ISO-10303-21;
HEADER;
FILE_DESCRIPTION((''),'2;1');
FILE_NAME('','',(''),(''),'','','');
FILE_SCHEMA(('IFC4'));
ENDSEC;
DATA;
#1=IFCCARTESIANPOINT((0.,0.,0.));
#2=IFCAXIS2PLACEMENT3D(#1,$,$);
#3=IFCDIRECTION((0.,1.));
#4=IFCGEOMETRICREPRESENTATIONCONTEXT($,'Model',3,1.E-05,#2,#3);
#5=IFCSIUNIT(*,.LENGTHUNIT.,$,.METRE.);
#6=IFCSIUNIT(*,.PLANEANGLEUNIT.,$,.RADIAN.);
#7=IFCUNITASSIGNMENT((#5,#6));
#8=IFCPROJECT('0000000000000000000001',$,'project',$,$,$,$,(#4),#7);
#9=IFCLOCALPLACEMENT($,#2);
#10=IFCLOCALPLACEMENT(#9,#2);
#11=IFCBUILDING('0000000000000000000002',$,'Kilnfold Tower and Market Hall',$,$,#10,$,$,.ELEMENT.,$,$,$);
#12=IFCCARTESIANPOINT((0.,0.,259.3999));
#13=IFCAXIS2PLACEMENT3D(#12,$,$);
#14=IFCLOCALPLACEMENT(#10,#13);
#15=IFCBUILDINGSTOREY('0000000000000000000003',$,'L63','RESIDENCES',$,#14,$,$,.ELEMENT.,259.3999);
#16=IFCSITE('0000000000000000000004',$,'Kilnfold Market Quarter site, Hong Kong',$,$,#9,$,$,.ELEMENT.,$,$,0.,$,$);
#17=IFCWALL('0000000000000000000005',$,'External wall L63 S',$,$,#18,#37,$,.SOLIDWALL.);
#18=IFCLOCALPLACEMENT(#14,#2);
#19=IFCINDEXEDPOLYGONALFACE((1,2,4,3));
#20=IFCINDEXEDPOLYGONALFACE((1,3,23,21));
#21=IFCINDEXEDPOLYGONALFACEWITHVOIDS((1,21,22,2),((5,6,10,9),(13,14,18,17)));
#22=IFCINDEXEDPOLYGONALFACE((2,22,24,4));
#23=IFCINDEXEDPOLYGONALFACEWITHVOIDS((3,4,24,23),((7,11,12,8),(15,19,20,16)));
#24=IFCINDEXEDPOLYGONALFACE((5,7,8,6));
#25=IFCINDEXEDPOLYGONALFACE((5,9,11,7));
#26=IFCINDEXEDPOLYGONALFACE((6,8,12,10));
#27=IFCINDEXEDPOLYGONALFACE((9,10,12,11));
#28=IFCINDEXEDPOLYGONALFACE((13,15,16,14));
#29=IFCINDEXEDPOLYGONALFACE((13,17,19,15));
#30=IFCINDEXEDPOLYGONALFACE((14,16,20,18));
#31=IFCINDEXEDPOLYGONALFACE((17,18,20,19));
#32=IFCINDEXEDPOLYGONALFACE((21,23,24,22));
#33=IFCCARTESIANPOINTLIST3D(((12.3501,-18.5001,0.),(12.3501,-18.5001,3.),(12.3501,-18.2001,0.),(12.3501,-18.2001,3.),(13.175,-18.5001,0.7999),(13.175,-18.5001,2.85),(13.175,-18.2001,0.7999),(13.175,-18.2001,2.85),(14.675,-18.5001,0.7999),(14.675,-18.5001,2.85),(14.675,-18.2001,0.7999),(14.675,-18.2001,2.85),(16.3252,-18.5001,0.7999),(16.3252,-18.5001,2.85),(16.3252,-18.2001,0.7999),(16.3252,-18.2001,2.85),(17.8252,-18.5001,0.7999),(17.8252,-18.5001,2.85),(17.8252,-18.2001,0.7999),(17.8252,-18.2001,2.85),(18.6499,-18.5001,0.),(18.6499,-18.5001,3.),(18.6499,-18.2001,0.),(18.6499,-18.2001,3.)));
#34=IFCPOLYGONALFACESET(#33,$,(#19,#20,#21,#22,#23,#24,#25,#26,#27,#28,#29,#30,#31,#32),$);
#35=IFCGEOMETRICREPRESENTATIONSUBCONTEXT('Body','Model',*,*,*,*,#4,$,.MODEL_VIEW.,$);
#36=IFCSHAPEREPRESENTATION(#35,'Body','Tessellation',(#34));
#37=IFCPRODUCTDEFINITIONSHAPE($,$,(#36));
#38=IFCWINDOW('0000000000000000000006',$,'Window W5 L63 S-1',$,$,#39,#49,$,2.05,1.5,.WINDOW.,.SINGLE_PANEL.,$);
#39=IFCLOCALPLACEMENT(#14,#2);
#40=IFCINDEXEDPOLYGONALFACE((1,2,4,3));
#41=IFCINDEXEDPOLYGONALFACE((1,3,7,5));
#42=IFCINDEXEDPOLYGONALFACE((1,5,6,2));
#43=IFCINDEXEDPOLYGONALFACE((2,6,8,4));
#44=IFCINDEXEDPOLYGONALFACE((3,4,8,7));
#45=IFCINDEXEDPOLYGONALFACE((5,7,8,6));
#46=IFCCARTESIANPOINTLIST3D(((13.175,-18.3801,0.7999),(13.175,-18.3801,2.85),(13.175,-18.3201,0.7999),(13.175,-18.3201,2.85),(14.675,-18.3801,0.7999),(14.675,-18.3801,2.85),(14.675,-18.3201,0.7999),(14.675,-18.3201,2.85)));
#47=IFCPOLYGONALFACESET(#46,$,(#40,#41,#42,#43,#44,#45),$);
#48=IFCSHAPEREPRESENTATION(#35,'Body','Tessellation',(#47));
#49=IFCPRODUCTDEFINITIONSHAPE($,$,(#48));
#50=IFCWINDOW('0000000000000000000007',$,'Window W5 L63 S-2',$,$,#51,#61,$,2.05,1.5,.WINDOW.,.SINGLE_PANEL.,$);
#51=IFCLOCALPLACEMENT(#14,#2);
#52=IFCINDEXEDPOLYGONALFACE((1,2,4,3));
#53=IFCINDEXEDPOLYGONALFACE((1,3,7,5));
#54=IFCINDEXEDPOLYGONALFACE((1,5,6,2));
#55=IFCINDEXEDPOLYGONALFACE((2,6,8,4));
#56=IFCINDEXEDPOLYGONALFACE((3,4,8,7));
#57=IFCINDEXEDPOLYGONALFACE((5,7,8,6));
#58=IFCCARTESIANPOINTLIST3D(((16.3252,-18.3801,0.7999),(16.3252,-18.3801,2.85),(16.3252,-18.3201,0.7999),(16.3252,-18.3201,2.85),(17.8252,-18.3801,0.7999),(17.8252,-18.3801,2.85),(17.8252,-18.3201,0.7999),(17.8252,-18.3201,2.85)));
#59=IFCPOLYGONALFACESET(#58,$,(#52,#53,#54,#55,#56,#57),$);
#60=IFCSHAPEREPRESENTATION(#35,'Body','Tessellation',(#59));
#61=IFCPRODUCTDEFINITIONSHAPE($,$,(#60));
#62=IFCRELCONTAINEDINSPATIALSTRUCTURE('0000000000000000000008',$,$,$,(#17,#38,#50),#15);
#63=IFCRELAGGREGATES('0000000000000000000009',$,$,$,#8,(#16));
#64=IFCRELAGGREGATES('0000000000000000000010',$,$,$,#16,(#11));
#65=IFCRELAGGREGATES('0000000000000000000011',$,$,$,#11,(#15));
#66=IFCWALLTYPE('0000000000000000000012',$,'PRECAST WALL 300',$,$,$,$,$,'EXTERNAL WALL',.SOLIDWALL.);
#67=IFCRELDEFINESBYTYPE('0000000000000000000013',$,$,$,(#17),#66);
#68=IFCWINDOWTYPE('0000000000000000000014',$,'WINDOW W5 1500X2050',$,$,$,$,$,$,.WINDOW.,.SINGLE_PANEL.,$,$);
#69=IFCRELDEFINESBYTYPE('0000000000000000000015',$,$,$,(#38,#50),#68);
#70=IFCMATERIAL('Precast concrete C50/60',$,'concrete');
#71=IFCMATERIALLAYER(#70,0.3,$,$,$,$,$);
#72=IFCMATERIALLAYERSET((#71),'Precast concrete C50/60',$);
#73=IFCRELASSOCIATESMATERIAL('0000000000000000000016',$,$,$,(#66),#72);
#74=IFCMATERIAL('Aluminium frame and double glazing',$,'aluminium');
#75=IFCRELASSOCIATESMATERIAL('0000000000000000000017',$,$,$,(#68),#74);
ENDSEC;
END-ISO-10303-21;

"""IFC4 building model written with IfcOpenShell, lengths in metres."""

from ifc_helpers import new_model, si_unit, direction, frame, frame_2d, origin, place, context, subcontext, project, spatial, rectangle, extrude, source, transform, mapped, material, layer, layer_set, type_object, element, fill, save


model = new_model("IFC4")

# Units and contexts
model_context = context("Model", 3, precision=1e-05, world=origin(), true_north=direction((0.0, 1.0)))
body_context = subcontext(model_context, "Body", "Model", "MODEL_VIEW")
ifc_project = project(units=[si_unit("LENGTHUNIT", "METRE"), si_unit("PLANEANGLEUNIT", "RADIAN")], contexts=[model_context])

# Site, building, storey
site_placement = place(None, origin())
site = spatial("IfcSite", under=ifc_project, at=site_placement, Name="Kilnfold Market Quarter site, Hong Kong", CompositionType="ELEMENT", RefElevation=0.0)
building_placement = place(site_placement, origin())
building = spatial("IfcBuilding", under=site, at=building_placement, Name="Kilnfold Tower and Market Hall", CompositionType="ELEMENT")
storey_placement = place(building_placement, frame((0.0, 0.0, 259.3999)))
storey = spatial("IfcBuildingStorey", under=building, at=storey_placement, Name="L63", Description="RESIDENCES", CompositionType="ELEMENT", Elevation=259.3999)

# Wall, openings, windows
ifc_material_1 = material(Name="Precast concrete C50/60", Category="concrete")
ifc_layer_1 = layer(ifc_material_1, 0.3)
ifc_layer_set_1 = layer_set([ifc_layer_1], Name="Precast concrete C50/60")
wall_type_1 = type_object("IfcWallType", Name="PRECAST WALL 300", ElementType="EXTERNAL WALL", PredefinedType="SOLIDWALL", material=ifc_layer_set_1)
shared_shape_1 = source(origin(), body_context, "Body", "SweptSolid", [
    extrude(rectangle(XDim=6.2998, YDim=0.3, at=frame_2d((3.1499, 0.0))), origin(), (0.0, 0.0, 1.0), 3.0),
])
ifc_material_2 = material(Name="Aluminium frame and double glazing", Category="aluminium")
window_type = type_object("IfcWindowType", Name="WINDOW W5 1500X2050", PartitioningType="SINGLE_PANEL", PredefinedType="WINDOW", material=ifc_material_2)
wall_1_placement = place(storey_placement, frame((12.3501, -18.3501, 0.0), z_axis=(0.0, 0.0, 1.0), x_axis=(1.0, 0.0, 0.0)))
wall_1 = element("IfcWall", 1, at=wall_1_placement, inside=storey, type_object=wall_type_1, Name="External wall L63 S", PredefinedType="SOLIDWALL", context=body_context, shape_type="MappedRepresentation", body=[
    mapped(shared_shape_1, transform((0.0, 0.0, 0.0))),
])
opening_1_placement = place(wall_1_placement, frame((0.825, 0.0, 0.8)))
opening_1 = element("IfcOpeningElement", 2, at=opening_1_placement, cuts=wall_1, PredefinedType="OPENING", context=body_context, shape_type="SweptSolid", body=[
    extrude(rectangle(XDim=1.5, YDim=2.05, at=frame_2d((0.75, 1.0249))), frame((0.0, 0.1602, 0.0), z_axis=(0.0, -1.0, 0.0), x_axis=(1.0, 0.0, 0.0)), (0.0, 0.0, 1.0), 0.3201),
])
opening_2_placement = place(wall_1_placement, frame((3.9751, 0.0, 0.8)))
opening_2 = element("IfcOpeningElement", 3, at=opening_2_placement, cuts=wall_1, PredefinedType="OPENING", context=body_context, shape_type="SweptSolid", body=[
    extrude(rectangle(XDim=1.5, YDim=2.05, at=frame_2d((0.75, 1.0249))), frame((0.0, 0.1602, 0.0), z_axis=(0.0, -1.0, 0.0), x_axis=(1.0, 0.0, 0.0)), (0.0, 0.0, 1.0), 0.3201),
])
window_1_placement = place(opening_1_placement, origin())
window_1 = element("IfcWindow", 4, at=window_1_placement, inside=storey, type_object=window_type, Name="Window W5 L63 S-1", OverallHeight=2.05, OverallWidth=1.5, PartitioningType="SINGLE_PANEL", PredefinedType="WINDOW", context=body_context, shape_type="SweptSolid", body=[
    extrude(rectangle(XDim=1.5, YDim=2.05, at=frame_2d((0.75, 1.0249))), frame((0.0, 0.03, 0.0), z_axis=(0.0, -1.0, 0.0), x_axis=(1.0, 0.0, 0.0)), (0.0, 0.0, 1.0), 0.0601),
])
fill(opening_1, window_1)
window_2_placement = place(opening_2_placement, origin())
window_2 = element("IfcWindow", 5, at=window_2_placement, inside=storey, type_object=window_type, Name="Window W5 L63 S-2", OverallHeight=2.05, OverallWidth=1.5, PartitioningType="SINGLE_PANEL", PredefinedType="WINDOW", context=body_context, shape_type="SweptSolid", body=[
    extrude(rectangle(XDim=1.5, YDim=2.05, at=frame_2d((0.75, 1.0249))), frame((0.0, 0.03, 0.0), z_axis=(0.0, -1.0, 0.0), x_axis=(1.0, 0.0, 0.0)), (0.0, 0.0, 1.0), 0.0601),
])
fill(opening_2, window_2)

save(model, "model.ifc")
